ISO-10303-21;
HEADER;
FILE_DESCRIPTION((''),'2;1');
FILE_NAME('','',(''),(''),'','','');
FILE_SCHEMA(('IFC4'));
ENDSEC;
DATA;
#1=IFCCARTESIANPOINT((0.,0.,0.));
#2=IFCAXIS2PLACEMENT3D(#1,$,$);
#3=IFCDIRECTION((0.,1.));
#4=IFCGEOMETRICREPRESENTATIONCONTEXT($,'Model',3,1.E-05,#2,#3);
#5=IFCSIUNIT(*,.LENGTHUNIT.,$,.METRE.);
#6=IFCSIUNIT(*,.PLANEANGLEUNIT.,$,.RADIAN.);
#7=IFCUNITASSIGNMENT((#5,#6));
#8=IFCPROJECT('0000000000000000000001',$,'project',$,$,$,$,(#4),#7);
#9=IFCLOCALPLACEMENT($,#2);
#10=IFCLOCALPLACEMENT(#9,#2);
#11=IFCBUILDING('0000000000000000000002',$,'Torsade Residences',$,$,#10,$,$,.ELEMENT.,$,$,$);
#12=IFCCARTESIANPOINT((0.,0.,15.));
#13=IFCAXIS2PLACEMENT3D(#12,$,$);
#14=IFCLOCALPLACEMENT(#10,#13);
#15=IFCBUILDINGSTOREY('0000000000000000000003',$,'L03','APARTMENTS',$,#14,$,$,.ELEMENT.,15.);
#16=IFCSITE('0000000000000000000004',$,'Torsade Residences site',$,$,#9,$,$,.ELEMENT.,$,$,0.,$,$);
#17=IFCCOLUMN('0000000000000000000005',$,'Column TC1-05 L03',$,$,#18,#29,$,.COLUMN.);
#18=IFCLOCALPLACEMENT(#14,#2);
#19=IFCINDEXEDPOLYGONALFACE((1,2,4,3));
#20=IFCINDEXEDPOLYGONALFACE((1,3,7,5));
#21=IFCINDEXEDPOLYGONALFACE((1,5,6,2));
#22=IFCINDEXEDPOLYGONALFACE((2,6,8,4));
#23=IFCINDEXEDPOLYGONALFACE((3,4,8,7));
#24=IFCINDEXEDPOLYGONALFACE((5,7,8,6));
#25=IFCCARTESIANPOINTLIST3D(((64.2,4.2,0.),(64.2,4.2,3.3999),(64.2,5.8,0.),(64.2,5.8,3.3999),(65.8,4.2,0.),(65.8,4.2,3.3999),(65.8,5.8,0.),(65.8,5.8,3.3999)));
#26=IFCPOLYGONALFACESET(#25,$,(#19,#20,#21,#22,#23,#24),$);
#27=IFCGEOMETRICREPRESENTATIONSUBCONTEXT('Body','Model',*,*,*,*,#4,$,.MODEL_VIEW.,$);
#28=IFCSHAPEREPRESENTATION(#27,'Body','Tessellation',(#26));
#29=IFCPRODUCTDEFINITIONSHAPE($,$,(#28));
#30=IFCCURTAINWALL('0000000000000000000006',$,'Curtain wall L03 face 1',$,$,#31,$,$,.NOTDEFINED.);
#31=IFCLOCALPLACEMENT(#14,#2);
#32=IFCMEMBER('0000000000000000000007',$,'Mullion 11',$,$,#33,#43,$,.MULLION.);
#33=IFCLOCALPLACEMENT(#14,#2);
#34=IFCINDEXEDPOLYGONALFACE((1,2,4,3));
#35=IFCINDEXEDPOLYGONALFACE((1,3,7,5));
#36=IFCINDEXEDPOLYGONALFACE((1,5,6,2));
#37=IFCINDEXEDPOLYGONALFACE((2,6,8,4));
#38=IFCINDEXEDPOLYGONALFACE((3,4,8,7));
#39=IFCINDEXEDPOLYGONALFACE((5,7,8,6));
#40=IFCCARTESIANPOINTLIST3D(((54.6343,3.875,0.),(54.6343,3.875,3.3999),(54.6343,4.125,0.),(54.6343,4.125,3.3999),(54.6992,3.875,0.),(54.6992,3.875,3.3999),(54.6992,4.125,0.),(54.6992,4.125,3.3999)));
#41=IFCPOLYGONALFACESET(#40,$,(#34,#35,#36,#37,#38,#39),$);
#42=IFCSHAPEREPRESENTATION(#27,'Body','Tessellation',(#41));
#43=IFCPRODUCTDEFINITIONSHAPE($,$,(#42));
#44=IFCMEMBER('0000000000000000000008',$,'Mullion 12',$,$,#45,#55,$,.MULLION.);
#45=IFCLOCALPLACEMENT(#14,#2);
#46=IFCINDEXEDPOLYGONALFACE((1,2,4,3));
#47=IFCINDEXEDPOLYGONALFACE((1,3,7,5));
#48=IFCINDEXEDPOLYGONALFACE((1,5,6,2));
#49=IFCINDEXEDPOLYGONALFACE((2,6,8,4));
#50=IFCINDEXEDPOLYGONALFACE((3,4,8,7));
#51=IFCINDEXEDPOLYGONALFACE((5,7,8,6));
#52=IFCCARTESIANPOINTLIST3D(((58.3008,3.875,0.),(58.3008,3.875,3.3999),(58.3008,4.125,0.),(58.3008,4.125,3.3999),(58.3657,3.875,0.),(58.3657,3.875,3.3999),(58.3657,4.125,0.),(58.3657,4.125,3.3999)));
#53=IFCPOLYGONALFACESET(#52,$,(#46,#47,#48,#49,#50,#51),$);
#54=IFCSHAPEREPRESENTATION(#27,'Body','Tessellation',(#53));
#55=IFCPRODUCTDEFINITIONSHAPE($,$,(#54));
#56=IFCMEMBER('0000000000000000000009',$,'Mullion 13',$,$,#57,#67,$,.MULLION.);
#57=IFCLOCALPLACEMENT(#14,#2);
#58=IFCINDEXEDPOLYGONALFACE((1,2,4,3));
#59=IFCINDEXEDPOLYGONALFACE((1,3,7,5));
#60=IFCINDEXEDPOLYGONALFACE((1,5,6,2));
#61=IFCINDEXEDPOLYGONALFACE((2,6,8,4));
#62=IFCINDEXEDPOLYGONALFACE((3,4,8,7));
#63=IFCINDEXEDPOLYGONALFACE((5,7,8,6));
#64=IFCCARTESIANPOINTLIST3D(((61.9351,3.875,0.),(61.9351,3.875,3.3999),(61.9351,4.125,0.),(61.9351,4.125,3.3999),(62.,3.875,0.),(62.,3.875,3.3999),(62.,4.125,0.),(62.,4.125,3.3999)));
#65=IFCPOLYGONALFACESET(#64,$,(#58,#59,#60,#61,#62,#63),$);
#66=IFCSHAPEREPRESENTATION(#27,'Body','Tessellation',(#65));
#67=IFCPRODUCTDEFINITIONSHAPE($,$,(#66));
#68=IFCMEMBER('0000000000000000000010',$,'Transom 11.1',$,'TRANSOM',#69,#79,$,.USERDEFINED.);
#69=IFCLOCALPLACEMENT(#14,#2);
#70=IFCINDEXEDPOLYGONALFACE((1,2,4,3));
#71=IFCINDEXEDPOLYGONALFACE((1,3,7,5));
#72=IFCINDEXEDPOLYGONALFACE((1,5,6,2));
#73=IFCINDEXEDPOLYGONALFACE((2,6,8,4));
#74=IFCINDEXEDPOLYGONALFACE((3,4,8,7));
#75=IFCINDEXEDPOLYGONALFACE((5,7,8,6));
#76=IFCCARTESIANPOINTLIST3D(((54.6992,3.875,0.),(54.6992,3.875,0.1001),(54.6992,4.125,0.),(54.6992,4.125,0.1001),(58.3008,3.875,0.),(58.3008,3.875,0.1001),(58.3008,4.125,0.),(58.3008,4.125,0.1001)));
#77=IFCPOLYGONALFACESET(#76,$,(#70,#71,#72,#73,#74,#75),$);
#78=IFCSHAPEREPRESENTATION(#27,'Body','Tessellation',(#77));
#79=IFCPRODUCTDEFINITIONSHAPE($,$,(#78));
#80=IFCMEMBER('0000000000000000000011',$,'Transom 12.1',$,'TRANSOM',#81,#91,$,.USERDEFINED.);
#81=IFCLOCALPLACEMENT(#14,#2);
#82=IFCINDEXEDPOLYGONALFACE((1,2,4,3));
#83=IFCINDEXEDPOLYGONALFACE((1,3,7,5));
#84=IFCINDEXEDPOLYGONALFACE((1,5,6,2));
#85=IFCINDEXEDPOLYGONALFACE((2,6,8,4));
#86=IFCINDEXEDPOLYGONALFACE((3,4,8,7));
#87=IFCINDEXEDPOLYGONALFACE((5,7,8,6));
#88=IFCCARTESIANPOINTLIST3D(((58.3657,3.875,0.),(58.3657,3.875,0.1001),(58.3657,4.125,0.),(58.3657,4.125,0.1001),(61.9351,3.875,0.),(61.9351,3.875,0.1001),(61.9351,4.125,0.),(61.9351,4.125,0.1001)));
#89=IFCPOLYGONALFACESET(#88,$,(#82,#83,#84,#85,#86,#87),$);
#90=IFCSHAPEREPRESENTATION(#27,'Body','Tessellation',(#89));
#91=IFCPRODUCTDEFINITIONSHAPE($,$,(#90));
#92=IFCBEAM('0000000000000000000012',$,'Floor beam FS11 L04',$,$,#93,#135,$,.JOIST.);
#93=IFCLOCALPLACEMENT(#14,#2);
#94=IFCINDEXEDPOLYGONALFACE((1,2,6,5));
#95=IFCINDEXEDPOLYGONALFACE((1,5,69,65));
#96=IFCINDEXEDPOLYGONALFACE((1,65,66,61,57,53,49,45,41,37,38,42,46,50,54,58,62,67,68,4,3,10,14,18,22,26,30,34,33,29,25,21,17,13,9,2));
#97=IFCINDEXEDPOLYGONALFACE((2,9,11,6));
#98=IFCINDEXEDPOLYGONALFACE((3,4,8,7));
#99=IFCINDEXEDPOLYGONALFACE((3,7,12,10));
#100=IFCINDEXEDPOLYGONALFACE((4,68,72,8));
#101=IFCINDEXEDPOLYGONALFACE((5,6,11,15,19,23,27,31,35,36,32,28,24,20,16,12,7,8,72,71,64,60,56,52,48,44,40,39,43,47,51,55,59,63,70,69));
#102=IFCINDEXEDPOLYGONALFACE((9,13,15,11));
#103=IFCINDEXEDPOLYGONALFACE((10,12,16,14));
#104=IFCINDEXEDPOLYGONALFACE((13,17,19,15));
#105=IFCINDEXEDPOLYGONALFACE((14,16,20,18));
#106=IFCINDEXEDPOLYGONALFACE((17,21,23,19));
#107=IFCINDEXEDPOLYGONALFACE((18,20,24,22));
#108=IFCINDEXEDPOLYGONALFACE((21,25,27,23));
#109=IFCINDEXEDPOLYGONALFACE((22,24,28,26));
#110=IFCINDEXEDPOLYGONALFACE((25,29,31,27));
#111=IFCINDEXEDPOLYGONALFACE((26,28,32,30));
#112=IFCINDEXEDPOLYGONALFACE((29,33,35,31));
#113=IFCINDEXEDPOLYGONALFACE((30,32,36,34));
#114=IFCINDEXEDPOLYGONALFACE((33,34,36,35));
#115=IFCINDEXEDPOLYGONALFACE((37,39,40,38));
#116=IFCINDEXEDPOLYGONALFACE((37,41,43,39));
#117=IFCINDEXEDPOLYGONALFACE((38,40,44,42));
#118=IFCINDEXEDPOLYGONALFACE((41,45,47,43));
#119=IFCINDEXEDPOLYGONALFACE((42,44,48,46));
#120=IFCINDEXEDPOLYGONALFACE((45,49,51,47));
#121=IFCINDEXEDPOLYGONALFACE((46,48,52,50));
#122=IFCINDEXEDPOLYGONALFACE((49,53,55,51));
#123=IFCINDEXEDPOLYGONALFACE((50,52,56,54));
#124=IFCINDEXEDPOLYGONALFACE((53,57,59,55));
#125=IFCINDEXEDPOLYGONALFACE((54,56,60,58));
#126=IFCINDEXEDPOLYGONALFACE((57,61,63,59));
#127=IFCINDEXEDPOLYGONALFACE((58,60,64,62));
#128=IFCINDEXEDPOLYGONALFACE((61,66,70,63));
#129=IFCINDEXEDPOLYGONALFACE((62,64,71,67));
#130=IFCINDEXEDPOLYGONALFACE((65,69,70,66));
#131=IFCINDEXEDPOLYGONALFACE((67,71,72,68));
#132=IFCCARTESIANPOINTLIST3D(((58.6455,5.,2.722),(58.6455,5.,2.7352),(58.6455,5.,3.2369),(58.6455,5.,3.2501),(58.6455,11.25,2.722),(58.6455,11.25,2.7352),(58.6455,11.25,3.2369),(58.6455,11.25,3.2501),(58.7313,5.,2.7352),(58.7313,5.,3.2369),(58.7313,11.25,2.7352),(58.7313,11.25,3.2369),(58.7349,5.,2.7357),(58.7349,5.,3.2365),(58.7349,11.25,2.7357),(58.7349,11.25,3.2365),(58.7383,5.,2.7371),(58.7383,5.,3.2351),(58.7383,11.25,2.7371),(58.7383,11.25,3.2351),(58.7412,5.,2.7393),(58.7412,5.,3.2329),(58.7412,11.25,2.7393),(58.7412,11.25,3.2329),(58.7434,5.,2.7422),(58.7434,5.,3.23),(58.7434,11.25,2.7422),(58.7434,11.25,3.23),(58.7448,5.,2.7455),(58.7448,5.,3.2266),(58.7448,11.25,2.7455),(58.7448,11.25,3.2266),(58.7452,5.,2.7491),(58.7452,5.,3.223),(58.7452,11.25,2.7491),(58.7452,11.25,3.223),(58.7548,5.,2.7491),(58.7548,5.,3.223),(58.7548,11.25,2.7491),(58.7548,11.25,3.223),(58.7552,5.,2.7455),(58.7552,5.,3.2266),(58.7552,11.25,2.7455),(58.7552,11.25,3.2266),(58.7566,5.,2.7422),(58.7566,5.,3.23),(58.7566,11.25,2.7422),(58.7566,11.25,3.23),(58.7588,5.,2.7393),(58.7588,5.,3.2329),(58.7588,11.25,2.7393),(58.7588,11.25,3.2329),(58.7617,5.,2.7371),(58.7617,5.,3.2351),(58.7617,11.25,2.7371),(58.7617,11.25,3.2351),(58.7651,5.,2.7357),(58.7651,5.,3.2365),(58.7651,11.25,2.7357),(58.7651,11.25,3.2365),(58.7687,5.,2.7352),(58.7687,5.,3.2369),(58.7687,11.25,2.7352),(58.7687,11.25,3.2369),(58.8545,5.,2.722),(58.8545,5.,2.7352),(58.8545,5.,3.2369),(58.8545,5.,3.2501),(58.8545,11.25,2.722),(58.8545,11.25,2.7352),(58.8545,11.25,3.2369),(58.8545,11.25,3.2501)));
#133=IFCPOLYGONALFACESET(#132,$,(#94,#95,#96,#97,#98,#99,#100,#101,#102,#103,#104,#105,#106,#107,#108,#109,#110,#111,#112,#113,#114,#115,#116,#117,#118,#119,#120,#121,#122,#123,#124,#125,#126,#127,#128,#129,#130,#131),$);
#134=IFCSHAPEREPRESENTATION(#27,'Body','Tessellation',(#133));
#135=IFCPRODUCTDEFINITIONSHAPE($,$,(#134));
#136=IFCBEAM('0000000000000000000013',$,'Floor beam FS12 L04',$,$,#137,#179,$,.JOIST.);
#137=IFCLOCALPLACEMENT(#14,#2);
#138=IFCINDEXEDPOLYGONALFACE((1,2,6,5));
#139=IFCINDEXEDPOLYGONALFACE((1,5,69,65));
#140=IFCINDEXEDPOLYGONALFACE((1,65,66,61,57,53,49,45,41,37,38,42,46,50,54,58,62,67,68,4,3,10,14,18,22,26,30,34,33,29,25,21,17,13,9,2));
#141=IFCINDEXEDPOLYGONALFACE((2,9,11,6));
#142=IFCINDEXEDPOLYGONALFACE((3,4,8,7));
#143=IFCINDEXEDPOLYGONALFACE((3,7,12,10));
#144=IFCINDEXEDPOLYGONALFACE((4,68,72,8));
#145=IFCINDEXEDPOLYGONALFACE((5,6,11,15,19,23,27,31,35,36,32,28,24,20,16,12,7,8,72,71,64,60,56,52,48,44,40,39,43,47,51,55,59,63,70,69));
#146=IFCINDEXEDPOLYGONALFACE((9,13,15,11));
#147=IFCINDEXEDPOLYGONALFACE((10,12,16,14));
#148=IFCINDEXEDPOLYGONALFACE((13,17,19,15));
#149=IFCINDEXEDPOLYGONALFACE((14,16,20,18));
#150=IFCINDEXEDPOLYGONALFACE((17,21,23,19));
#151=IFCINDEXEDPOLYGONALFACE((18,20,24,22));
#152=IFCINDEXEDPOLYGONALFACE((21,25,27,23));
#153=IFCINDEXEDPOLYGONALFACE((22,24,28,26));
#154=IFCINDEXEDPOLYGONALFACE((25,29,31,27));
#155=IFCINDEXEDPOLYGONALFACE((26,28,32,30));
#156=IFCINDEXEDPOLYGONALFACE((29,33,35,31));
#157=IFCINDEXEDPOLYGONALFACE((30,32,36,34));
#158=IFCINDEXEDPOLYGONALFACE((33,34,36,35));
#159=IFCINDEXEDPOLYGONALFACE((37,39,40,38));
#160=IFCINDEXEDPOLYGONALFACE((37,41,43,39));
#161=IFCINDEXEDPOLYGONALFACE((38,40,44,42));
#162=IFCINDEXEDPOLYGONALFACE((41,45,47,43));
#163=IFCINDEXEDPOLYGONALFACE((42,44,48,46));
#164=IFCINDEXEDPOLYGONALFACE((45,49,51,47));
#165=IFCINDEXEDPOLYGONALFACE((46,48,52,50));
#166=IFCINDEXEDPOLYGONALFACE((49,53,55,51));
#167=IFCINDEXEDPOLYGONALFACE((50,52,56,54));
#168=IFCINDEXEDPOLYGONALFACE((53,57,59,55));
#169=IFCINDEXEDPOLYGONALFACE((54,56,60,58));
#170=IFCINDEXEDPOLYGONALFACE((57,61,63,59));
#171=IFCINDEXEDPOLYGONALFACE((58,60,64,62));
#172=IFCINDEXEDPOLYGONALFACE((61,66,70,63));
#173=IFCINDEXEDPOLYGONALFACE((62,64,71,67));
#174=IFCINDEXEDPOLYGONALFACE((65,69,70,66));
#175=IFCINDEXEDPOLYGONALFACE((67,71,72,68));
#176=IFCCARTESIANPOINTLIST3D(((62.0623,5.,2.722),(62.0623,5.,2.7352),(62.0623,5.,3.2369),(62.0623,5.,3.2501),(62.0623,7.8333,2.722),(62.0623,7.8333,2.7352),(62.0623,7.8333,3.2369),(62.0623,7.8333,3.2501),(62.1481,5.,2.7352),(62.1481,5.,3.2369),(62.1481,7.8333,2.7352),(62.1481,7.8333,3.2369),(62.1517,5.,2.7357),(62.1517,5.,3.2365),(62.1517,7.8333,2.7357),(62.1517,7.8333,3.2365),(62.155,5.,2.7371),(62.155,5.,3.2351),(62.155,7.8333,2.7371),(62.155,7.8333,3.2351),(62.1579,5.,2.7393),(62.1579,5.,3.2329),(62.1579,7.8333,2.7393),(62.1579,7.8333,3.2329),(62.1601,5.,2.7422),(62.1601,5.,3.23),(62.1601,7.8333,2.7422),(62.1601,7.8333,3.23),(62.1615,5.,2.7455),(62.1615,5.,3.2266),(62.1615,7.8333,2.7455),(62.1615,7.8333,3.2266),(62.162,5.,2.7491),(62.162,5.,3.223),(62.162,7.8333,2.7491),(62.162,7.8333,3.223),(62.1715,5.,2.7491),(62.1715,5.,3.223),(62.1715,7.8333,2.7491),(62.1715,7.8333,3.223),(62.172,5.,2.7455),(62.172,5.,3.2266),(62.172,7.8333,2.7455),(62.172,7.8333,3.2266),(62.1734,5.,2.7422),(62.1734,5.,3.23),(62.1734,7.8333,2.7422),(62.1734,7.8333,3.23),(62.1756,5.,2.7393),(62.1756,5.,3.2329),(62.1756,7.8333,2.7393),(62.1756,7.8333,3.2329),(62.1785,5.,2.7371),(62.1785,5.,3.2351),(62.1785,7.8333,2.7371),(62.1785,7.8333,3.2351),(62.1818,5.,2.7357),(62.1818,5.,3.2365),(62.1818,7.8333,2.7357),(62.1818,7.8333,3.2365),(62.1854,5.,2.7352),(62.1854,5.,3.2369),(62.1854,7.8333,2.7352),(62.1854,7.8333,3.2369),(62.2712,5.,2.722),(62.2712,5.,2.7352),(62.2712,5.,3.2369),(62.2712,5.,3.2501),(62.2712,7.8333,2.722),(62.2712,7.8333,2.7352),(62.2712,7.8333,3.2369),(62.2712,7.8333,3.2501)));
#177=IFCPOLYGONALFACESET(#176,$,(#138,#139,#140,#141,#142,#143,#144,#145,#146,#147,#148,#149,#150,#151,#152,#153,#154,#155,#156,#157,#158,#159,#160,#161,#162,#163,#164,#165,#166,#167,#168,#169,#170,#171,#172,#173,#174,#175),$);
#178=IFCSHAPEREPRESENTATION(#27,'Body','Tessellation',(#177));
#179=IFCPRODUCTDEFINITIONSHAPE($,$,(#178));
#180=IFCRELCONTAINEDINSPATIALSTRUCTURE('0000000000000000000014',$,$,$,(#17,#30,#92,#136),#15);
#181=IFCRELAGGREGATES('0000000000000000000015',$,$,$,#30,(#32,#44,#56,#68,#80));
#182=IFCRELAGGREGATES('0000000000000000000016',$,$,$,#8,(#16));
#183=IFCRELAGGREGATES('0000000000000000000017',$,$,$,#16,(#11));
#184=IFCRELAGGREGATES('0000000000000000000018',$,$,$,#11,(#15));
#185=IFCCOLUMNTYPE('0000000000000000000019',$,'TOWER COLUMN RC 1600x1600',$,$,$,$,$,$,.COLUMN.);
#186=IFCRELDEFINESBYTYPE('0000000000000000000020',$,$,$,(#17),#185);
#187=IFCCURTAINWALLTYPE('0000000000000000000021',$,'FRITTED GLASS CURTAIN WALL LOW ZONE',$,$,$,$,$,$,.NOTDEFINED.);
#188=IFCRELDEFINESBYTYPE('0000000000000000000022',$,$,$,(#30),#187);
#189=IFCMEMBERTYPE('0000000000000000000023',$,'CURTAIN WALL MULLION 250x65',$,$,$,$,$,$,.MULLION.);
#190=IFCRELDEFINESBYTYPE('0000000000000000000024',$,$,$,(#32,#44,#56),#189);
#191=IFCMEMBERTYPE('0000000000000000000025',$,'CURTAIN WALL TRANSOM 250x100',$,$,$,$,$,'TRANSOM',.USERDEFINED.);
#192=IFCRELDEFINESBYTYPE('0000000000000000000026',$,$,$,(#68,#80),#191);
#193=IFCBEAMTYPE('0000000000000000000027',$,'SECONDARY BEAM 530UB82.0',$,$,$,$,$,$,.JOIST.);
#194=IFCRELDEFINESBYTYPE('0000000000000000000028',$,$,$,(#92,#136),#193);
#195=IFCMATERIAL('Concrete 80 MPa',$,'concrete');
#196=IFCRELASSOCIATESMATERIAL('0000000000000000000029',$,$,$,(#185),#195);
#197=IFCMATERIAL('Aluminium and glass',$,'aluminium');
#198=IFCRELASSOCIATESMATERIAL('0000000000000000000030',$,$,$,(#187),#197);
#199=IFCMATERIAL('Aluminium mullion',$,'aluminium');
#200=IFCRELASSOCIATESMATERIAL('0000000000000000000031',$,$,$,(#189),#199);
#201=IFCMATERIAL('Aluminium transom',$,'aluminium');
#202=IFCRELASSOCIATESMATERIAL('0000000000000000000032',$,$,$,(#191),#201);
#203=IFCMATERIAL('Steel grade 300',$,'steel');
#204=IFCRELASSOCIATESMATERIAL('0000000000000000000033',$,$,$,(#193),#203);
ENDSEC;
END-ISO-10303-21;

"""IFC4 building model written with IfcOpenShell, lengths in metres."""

from ifc_helpers import new_model, si_unit, direction, frame, origin, origin_2d, place, context, subcontext, project, spatial, rectangle, i_section, extrude, material, material_profile, profile_set, type_object, element, aggregate, save


model = new_model("IFC4")

# Units and contexts
model_context = context("Model", 3, precision=1e-05, world=origin(), true_north=direction((0.0, 1.0)))
body_context = subcontext(model_context, "Body", "Model", "MODEL_VIEW")
ifc_project = project(units=[si_unit("LENGTHUNIT", "METRE"), si_unit("PLANEANGLEUNIT", "RADIAN")], contexts=[model_context])

# Site, building, storey
site_placement = place(None, origin())
site = spatial("IfcSite", under=ifc_project, at=site_placement, Name="Torsade Residences site", CompositionType="ELEMENT", RefElevation=0.0)
building_placement = place(site_placement, origin())
building = spatial("IfcBuilding", under=site, at=building_placement, Name="Torsade Residences", CompositionType="ELEMENT")
storey_placement = place(building_placement, frame((0.0, 0.0, 15.0)))
storey = spatial("IfcBuildingStorey", under=building, at=storey_placement, Name="L03", Description="APARTMENTS", CompositionType="ELEMENT", Elevation=15.0)

# Column
ifc_material_1 = material(Name="Concrete 80 MPa", Category="concrete")
ifc_material_profile_1 = material_profile(ifc_material_1, rectangle(XDim=1.6001, YDim=1.6001, at=origin_2d()), Name="RC 1600x1600")
ifc_profile_set_1 = profile_set([ifc_material_profile_1], Name="Concrete 80 MPa")
column_type = type_object("IfcColumnType", Name="TOWER COLUMN RC 1600x1600", PredefinedType="COLUMN", material=ifc_profile_set_1)
column_placement = place(storey_placement, frame((65.0, 5.0, 0.0), z_axis=(0.0, 0.0, 1.0), x_axis=(1.0, 0.0, 0.0)))
element("IfcColumn", 1, at=column_placement, inside=storey, type_object=column_type, Name="Column TC1-05 L03", PredefinedType="COLUMN", context=body_context, shape_type="SweptSolid", body=[
    extrude(rectangle(XDim=1.6001, YDim=1.6001, at=origin_2d()), origin(), (0.0, 0.0, 1.0), 3.3999),
])

# Curtain wall, members
ifc_material_2 = material(Name="Aluminium and glass", Category="aluminium")
curtain_wall_type = type_object("IfcCurtainWallType", Name="FRITTED GLASS CURTAIN WALL LOW ZONE", PredefinedType="NOTDEFINED", material=ifc_material_2)
curtain_wall_placement = place(storey_placement, origin())
curtain_wall = element("IfcCurtainWall", 2, at=curtain_wall_placement, inside=storey, type_object=curtain_wall_type, Name="Curtain wall L03 face 1", PredefinedType="NOTDEFINED")
ifc_material_3 = material(Name="Aluminium mullion", Category="aluminium")
ifc_material_profile_2 = material_profile(ifc_material_3, rectangle(XDim=0.25, YDim=0.0649, at=origin_2d()), Name="CURTAIN WALL MULLION 250x65")
ifc_profile_set_2 = profile_set([ifc_material_profile_2], Name="Aluminium mullion")
member_type_1 = type_object("IfcMemberType", Name="CURTAIN WALL MULLION 250x65", PredefinedType="MULLION", material=ifc_profile_set_2)
member_1_placement = place(storey_placement, frame((54.6667, 4.0, 0.0), z_axis=(0.0, 0.0, 1.0), x_axis=(0.0, 1.0, 0.0)))
member_1 = element("IfcMember", 3, at=member_1_placement, type_object=member_type_1, Name="Mullion 11", PredefinedType="MULLION", context=body_context, shape_type="SweptSolid", body=[
    extrude(rectangle(XDim=0.25, YDim=0.0649, at=origin_2d()), origin(), (0.0, 0.0, 1.0), 3.3999),
])
member_2_placement = place(storey_placement, frame((58.3333, 4.0, 0.0), z_axis=(0.0, 0.0, 1.0), x_axis=(0.0, 1.0, 0.0)))
member_2 = element("IfcMember", 4, at=member_2_placement, type_object=member_type_1, Name="Mullion 12", PredefinedType="MULLION", context=body_context, shape_type="SweptSolid", body=[
    extrude(rectangle(XDim=0.25, YDim=0.0649, at=origin_2d()), origin(), (0.0, 0.0, 1.0), 3.3999),
])
member_3_placement = place(storey_placement, frame((61.9675, 4.0, 0.0), z_axis=(0.0, 0.0, 1.0), x_axis=(0.0, 1.0, 0.0)))
member_3 = element("IfcMember", 5, at=member_3_placement, type_object=member_type_1, Name="Mullion 13", PredefinedType="MULLION", context=body_context, shape_type="SweptSolid", body=[
    extrude(rectangle(XDim=0.25, YDim=0.0649, at=origin_2d()), origin(), (0.0, 0.0, 1.0), 3.3999),
])
ifc_material_4 = material(Name="Aluminium transom", Category="aluminium")
ifc_material_profile_3 = material_profile(ifc_material_4, rectangle(XDim=0.25, YDim=0.1001, at=origin_2d()), Name="CURTAIN WALL TRANSOM 250x100")
ifc_profile_set_3 = profile_set([ifc_material_profile_3], Name="Aluminium transom")
member_type_2 = type_object("IfcMemberType", Name="CURTAIN WALL TRANSOM 250x100", ElementType="TRANSOM", PredefinedType="USERDEFINED", material=ifc_profile_set_3)
member_4_placement = place(storey_placement, frame((54.6992, 4.0, 0.05), z_axis=(1.0, 0.0, 0.0), x_axis=(0.0, 1.0, 0.0)))
member_4 = element("IfcMember", 6, at=member_4_placement, type_object=member_type_2, Name="Transom 11.1", ObjectType="TRANSOM", PredefinedType="USERDEFINED", context=body_context, shape_type="SweptSolid", body=[
    extrude(rectangle(XDim=0.25, YDim=0.1001, at=origin_2d()), origin(), (0.0, 0.0, 1.0), 3.6016),
])
member_5_placement = place(storey_placement, frame((58.3657, 4.0, 0.05), z_axis=(1.0, 0.0, 0.0), x_axis=(0.0, 1.0, 0.0)))
member_5 = element("IfcMember", 7, at=member_5_placement, type_object=member_type_2, Name="Transom 12.1", ObjectType="TRANSOM", PredefinedType="USERDEFINED", context=body_context, shape_type="SweptSolid", body=[
    extrude(rectangle(XDim=0.25, YDim=0.1001, at=origin_2d()), origin(), (0.0, 0.0, 1.0), 3.5693),
])

# Beams
ifc_material_5 = material(Name="Steel grade 300", Category="steel")
ifc_material_profile_4 = material_profile(ifc_material_5, i_section(OverallWidth=0.209, OverallDepth=0.5281, WebThickness=0.0095, FlangeThickness=0.0132, FilletRadius=0.0139, at=origin_2d()), Name="530UB82.0")
ifc_profile_set_4 = profile_set([ifc_material_profile_4], Name="Steel grade 300")
beam_type_1 = type_object("IfcBeamType", Name="SECONDARY BEAM 530UB82.0", PredefinedType="JOIST", material=ifc_profile_set_4)
beam_1_placement = place(storey_placement, frame((58.75, 5.0, 2.9861), z_axis=(0.0, 1.0, 0.0), x_axis=(-1.0, 0.0, 0.0)))
element("IfcBeam", 8, at=beam_1_placement, inside=storey, type_object=beam_type_1, Name="Floor beam FS11 L04", PredefinedType="JOIST", context=body_context, shape_type="SweptSolid", body=[
    extrude(i_section(OverallWidth=0.209, OverallDepth=0.5281, WebThickness=0.0095, FlangeThickness=0.0132, FilletRadius=0.0139, at=origin_2d()), origin(), (0.0, 0.0, 1.0), 6.25),
])
beam_2_placement = place(storey_placement, frame((62.1667, 5.0, 2.9861), z_axis=(0.0, 1.0, 0.0), x_axis=(-1.0, 0.0, 0.0)))
element("IfcBeam", 9, at=beam_2_placement, inside=storey, type_object=beam_type_1, Name="Floor beam FS12 L04", PredefinedType="JOIST", context=body_context, shape_type="SweptSolid", body=[
    extrude(i_section(OverallWidth=0.209, OverallDepth=0.5281, WebThickness=0.0095, FlangeThickness=0.0132, FilletRadius=0.0139, at=origin_2d()), origin(), (0.0, 0.0, 1.0), 2.8333),
])

aggregate(curtain_wall, [member_1, member_2, member_3, member_4, member_5])

save(model, "model.ifc")
